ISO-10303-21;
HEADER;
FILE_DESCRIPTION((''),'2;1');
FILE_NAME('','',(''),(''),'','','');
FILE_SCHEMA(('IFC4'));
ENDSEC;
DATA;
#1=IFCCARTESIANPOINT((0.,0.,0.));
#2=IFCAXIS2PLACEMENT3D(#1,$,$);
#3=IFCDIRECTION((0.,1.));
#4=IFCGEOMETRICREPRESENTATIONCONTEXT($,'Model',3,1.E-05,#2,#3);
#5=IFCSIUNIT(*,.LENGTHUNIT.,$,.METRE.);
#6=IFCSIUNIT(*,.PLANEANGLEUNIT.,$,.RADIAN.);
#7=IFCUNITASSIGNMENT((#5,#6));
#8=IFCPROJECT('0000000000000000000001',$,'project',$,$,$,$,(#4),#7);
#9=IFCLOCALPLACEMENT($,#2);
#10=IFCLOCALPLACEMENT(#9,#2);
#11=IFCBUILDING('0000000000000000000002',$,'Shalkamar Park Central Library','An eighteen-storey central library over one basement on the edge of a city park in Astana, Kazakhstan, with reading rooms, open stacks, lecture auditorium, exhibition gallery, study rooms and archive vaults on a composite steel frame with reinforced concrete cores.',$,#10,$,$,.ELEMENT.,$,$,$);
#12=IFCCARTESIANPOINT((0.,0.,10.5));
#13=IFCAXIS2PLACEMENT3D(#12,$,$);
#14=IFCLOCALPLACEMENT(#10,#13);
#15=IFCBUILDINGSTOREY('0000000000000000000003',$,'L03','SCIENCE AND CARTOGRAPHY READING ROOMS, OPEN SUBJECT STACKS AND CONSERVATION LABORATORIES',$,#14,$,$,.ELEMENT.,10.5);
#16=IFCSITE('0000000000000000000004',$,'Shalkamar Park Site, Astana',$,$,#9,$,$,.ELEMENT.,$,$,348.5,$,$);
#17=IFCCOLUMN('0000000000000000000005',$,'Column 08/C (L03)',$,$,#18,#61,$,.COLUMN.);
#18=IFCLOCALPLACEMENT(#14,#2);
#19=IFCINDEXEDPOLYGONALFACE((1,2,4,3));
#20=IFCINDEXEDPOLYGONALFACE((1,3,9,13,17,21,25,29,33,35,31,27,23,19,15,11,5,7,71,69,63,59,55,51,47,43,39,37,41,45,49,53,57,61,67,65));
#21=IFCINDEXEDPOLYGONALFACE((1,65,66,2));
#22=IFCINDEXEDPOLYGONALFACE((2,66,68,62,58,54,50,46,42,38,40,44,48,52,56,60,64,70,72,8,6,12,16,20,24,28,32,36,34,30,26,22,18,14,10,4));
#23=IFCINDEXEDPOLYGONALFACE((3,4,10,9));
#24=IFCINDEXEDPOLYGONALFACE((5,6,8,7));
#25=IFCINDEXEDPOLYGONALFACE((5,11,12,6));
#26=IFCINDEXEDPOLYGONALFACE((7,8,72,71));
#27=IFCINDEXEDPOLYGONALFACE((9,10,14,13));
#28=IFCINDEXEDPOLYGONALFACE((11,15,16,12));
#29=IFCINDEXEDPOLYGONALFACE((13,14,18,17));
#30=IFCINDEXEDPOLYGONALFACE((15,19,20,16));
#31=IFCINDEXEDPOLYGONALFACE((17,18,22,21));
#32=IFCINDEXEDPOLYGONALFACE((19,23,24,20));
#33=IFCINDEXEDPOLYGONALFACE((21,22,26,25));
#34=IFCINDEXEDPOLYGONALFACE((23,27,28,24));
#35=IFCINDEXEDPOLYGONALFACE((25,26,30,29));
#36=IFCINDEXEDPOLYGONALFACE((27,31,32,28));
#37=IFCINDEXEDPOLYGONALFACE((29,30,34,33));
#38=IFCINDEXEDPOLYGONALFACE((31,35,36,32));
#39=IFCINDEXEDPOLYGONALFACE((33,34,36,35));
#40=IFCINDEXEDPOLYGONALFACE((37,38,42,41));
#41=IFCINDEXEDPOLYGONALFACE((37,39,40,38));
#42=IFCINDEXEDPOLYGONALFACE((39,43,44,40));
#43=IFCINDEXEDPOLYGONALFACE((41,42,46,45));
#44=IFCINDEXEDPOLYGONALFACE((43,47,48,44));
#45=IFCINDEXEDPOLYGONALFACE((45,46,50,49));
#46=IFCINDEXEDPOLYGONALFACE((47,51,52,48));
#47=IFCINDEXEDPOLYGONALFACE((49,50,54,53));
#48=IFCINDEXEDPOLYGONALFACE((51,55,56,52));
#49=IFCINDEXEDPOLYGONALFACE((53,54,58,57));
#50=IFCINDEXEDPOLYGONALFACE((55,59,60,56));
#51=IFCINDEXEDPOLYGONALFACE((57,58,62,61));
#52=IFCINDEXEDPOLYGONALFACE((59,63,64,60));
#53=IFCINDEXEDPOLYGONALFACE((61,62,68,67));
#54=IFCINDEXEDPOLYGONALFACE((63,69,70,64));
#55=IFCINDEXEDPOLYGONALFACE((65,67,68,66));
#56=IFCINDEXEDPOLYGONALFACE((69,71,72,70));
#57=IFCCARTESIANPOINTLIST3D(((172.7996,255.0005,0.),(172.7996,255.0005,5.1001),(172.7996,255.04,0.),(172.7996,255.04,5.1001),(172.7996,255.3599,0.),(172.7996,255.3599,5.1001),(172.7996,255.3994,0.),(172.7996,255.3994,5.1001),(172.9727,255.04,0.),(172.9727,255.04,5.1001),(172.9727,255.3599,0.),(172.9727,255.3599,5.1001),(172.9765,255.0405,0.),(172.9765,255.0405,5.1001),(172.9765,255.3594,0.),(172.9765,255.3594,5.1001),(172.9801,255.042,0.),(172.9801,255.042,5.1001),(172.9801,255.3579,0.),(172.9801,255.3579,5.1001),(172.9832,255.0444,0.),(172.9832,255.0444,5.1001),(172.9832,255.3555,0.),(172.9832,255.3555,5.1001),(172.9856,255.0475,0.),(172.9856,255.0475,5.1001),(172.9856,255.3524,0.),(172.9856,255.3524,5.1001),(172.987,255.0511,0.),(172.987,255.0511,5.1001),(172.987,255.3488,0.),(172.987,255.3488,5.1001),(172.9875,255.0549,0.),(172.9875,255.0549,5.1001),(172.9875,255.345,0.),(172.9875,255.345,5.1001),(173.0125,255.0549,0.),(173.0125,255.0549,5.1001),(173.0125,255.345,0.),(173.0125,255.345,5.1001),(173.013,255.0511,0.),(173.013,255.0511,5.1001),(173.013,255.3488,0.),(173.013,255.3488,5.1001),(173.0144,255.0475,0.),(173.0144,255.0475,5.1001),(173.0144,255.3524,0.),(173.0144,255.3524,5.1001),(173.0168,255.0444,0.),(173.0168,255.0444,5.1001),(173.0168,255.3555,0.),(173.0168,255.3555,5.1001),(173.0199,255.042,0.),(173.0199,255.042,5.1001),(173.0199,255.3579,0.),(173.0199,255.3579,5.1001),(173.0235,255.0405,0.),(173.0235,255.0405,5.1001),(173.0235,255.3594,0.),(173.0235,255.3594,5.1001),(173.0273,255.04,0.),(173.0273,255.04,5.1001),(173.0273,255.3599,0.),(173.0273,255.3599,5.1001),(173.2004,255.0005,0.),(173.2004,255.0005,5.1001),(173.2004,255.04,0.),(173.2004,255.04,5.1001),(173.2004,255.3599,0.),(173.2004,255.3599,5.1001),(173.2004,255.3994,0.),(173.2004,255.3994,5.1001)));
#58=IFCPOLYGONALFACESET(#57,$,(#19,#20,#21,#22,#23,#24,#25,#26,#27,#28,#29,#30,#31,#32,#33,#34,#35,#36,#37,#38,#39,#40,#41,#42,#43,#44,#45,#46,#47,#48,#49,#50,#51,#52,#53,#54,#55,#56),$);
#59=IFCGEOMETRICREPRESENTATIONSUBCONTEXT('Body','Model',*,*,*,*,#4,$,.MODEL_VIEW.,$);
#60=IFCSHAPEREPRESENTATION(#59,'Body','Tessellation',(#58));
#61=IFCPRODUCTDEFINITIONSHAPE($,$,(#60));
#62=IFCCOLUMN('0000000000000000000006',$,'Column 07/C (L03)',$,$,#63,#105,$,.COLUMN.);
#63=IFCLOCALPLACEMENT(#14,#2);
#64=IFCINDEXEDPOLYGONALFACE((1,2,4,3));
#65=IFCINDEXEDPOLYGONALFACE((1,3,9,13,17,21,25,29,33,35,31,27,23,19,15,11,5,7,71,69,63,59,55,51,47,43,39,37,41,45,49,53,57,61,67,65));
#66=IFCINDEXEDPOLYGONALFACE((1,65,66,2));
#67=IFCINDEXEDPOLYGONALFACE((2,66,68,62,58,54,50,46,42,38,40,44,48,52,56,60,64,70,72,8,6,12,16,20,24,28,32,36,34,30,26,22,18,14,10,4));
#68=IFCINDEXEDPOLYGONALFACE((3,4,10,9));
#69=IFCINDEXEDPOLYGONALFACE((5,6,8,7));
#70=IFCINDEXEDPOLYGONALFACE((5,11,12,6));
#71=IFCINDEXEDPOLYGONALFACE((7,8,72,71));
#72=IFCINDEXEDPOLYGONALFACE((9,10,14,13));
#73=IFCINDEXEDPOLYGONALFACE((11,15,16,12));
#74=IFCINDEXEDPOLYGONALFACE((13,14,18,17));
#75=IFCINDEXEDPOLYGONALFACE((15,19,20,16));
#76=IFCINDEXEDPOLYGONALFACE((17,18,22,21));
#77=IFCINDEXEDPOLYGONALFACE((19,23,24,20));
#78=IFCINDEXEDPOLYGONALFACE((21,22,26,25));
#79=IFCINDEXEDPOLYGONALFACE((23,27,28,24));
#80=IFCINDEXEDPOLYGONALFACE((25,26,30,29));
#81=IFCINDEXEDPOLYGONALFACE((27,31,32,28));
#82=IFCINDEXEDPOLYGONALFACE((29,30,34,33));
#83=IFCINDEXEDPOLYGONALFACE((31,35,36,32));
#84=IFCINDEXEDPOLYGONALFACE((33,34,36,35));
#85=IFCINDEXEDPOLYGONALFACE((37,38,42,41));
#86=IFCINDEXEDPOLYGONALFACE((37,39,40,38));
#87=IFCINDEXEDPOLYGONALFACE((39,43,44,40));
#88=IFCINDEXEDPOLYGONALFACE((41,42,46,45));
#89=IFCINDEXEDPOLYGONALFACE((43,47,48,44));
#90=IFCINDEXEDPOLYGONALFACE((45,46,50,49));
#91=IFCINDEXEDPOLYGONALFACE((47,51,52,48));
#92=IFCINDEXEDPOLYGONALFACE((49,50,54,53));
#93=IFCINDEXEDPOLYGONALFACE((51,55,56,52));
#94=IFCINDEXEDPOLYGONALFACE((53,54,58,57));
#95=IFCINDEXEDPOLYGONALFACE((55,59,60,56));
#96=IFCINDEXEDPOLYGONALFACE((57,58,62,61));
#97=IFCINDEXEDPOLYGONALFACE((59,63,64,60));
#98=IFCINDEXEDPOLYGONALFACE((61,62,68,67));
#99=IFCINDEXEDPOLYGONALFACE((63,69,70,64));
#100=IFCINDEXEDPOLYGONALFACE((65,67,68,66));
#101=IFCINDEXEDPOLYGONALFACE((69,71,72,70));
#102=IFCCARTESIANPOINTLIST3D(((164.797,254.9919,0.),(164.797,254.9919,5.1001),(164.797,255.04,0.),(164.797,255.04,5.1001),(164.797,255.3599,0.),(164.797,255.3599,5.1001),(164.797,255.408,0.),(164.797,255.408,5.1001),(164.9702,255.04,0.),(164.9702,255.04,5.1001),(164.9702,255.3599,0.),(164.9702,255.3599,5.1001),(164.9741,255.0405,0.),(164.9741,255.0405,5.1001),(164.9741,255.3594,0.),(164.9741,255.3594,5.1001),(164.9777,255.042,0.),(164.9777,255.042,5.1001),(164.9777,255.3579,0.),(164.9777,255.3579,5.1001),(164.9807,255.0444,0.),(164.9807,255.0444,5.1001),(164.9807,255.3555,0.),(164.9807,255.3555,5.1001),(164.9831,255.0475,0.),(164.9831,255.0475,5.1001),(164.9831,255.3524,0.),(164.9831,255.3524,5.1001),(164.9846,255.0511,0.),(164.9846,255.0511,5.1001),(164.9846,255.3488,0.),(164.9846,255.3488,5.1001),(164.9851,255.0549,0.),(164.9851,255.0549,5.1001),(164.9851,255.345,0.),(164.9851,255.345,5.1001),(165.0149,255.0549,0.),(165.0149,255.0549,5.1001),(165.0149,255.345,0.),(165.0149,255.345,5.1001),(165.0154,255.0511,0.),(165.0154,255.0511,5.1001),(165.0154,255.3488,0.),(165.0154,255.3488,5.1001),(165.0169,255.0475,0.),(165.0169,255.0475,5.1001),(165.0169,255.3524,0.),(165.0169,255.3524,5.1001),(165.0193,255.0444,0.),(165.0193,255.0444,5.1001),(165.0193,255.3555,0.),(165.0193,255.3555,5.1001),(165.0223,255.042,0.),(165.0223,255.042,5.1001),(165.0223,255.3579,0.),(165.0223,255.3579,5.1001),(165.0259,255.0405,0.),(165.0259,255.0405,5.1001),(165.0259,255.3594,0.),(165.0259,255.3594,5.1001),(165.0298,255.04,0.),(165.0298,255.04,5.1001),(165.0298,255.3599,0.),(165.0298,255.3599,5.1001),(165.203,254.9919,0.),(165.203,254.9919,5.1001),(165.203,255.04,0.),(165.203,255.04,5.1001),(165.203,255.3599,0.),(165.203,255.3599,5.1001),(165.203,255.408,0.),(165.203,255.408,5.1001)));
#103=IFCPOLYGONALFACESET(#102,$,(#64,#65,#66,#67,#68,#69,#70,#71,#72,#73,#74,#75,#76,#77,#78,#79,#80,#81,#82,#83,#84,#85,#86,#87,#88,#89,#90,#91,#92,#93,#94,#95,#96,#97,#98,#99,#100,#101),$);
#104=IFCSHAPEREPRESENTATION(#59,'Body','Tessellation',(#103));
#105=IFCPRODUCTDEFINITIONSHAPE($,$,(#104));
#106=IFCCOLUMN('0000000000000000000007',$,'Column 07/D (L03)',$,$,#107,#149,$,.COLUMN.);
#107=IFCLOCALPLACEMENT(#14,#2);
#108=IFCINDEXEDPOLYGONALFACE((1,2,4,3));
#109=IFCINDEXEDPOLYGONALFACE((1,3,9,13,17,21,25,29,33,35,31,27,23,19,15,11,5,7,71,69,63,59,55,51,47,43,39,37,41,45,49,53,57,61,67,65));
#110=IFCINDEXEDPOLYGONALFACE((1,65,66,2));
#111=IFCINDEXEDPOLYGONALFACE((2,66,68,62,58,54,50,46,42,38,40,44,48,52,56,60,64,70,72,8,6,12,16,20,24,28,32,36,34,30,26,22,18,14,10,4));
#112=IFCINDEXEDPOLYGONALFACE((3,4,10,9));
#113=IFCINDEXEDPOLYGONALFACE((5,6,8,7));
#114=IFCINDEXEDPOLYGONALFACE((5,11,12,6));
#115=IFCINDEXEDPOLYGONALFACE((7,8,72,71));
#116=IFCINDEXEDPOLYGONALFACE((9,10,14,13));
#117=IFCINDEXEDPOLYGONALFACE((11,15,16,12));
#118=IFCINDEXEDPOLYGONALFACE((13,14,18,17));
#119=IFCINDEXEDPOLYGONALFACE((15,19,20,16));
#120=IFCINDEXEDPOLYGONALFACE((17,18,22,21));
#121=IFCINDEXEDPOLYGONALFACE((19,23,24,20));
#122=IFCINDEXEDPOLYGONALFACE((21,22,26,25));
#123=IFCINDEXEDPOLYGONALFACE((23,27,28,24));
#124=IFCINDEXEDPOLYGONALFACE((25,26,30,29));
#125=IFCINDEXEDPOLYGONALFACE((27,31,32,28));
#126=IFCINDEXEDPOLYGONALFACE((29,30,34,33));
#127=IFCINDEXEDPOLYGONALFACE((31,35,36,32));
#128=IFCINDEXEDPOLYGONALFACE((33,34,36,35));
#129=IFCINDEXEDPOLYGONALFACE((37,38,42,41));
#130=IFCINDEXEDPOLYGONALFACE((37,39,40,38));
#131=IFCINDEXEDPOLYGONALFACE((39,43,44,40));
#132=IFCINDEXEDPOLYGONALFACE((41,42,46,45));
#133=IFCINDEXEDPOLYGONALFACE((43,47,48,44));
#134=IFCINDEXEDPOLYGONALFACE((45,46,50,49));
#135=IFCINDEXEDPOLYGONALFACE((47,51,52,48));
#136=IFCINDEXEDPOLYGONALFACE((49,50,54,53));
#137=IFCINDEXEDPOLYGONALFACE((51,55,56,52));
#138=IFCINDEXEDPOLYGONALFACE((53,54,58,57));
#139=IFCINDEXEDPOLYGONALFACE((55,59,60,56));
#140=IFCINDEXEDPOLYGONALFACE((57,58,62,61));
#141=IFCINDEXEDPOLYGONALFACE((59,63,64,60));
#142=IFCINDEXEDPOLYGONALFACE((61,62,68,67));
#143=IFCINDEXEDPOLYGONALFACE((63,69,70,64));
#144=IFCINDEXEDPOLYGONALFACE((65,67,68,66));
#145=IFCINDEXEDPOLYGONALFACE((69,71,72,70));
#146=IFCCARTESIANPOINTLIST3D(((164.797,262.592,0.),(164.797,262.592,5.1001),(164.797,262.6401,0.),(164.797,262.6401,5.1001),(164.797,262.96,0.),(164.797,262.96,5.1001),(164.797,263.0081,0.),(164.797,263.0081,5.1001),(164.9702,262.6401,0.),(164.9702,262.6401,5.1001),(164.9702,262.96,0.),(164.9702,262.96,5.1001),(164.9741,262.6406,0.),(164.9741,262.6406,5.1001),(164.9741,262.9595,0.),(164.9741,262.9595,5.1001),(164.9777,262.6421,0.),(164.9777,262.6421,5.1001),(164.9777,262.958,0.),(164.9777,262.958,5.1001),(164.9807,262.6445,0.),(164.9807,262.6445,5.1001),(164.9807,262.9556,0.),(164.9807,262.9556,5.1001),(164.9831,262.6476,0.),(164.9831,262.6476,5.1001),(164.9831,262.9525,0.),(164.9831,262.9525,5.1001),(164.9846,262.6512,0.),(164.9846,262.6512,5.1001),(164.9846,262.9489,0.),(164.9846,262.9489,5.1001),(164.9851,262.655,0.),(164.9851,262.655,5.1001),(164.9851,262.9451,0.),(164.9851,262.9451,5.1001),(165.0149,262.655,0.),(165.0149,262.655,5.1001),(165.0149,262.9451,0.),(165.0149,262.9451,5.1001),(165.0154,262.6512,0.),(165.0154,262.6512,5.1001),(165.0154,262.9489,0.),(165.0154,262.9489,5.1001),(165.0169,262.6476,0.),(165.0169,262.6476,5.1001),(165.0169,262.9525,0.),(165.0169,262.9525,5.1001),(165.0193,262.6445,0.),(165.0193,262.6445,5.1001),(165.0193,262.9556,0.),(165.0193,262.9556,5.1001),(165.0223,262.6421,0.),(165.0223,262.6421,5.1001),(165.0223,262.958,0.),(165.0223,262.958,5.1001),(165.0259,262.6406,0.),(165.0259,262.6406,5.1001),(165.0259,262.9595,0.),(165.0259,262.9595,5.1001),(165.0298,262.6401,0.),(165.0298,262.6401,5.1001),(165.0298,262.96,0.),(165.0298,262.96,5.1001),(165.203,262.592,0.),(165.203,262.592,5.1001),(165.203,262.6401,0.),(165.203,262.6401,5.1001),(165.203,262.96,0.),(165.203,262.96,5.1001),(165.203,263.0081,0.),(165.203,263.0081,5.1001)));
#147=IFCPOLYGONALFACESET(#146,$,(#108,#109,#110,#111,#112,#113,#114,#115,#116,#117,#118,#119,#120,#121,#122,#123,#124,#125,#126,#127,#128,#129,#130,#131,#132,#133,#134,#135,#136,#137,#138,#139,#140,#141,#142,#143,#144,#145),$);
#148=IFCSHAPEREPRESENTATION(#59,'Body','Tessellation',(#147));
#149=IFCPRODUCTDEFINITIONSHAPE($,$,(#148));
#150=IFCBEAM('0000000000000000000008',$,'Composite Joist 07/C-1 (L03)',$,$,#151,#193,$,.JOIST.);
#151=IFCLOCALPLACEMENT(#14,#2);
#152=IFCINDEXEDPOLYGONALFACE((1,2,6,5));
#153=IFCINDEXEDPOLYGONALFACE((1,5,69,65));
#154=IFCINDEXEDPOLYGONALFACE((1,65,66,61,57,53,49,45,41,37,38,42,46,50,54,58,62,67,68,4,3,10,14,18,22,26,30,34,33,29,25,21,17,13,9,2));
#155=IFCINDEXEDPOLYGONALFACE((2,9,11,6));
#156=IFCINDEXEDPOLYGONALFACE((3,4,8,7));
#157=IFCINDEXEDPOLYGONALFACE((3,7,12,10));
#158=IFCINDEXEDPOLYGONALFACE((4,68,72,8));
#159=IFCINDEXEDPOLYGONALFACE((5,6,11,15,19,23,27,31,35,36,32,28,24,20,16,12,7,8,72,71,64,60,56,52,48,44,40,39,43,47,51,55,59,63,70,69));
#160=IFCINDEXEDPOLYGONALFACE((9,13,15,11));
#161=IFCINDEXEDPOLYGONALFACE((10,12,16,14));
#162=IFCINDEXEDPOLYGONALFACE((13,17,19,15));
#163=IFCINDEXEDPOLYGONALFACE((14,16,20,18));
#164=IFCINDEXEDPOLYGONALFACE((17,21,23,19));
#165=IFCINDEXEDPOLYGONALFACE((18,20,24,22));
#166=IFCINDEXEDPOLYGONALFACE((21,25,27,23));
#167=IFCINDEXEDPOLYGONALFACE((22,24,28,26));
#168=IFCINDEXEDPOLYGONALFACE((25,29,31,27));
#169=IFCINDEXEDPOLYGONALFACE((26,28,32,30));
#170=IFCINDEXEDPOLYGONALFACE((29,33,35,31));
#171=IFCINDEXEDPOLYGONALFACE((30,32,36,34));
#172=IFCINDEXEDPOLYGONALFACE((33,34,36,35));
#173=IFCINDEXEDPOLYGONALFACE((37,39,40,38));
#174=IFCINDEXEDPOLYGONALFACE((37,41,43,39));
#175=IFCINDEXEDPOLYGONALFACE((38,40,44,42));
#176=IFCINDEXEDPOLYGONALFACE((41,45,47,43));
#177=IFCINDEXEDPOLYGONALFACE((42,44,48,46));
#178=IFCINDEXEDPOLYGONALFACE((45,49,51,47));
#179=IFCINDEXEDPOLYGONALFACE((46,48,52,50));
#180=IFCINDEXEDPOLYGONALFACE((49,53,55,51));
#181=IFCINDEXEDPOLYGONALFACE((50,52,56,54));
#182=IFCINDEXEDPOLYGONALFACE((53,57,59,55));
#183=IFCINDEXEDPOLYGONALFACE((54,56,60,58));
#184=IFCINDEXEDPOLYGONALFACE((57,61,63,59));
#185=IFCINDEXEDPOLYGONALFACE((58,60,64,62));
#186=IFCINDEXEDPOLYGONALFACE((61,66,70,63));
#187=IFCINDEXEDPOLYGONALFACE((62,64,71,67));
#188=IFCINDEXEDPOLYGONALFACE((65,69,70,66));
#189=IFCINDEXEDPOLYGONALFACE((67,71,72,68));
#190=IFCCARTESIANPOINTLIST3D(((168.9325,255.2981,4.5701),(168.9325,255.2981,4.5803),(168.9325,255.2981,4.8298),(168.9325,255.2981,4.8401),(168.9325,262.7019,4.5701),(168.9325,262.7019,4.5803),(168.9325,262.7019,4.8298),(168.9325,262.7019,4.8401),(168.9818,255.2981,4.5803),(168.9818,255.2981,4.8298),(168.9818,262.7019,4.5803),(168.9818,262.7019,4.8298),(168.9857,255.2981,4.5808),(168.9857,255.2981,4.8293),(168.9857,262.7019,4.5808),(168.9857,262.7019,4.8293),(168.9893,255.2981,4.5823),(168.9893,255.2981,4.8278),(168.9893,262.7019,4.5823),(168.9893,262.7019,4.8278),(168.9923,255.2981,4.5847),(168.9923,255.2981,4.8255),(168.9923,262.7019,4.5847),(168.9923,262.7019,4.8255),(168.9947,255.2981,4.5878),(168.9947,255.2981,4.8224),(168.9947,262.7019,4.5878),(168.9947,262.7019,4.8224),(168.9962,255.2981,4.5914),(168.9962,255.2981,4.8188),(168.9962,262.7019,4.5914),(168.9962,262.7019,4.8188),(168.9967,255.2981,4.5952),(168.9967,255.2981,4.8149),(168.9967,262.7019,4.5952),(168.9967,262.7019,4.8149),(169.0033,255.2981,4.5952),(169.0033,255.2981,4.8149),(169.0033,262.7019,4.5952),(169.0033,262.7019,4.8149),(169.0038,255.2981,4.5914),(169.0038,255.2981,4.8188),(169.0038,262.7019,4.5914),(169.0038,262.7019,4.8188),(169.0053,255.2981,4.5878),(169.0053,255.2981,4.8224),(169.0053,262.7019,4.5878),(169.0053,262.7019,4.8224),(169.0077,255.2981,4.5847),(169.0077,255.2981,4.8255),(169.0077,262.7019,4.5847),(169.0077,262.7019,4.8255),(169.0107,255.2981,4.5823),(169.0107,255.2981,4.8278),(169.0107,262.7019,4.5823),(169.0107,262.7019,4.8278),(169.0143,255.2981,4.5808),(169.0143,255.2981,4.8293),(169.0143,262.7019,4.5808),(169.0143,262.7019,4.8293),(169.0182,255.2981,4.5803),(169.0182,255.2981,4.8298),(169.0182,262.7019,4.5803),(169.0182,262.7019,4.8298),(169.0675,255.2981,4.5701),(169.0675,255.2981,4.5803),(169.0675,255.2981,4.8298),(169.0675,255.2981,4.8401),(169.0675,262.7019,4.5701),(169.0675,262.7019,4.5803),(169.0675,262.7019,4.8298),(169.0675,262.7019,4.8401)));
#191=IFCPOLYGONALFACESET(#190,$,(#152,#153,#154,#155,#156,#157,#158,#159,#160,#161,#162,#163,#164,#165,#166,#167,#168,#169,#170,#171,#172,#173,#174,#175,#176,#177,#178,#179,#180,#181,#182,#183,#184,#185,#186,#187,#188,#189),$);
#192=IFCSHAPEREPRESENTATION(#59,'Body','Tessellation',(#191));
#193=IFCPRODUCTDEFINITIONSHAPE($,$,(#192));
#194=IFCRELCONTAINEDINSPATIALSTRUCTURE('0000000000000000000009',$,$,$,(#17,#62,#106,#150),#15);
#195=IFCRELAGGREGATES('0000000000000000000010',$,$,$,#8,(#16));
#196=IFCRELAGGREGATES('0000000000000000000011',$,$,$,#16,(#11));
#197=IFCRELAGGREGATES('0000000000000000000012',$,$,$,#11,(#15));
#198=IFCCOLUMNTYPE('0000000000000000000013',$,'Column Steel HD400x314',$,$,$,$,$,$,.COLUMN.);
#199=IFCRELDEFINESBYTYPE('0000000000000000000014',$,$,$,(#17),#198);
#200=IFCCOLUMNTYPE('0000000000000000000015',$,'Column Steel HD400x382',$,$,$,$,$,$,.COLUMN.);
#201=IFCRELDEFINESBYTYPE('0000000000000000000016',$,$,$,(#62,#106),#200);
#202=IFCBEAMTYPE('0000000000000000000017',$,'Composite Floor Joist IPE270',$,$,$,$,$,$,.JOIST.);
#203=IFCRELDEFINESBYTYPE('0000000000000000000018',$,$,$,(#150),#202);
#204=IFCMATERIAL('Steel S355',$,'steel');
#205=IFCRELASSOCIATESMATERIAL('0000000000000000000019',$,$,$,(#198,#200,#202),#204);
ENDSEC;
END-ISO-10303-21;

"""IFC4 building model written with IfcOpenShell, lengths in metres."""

from ifc_helpers import new_model, si_unit, direction, frame, origin, origin_2d, place, context, subcontext, project, spatial, i_section, extrude, material, material_profile, profile_set, type_object, element, save


model = new_model("IFC4")

# Units and contexts
model_context = context("Model", 3, precision=1e-05, world=origin(), true_north=direction((0.0, 1.0)))
body_context = subcontext(model_context, "Body", "Model", "MODEL_VIEW")
ifc_project = project(units=[si_unit("LENGTHUNIT", "METRE"), si_unit("PLANEANGLEUNIT", "RADIAN")], contexts=[model_context])

# Site, building, storey
site_placement = place(None, origin())
site = spatial("IfcSite", under=ifc_project, at=site_placement, Name="Shalkamar Park Site, Astana", CompositionType="ELEMENT", RefElevation=348.5)
building_placement = place(site_placement, origin())
building = spatial("IfcBuilding", under=site, at=building_placement, Name="Shalkamar Park Central Library", Description="An eighteen-storey central library over one basement on the edge of a city park in Astana, Kazakhstan, with reading rooms, open stacks, lecture auditorium, exhibition gallery, study rooms and archive vaults on a composite steel frame with reinforced concrete cores.", CompositionType="ELEMENT")
storey_placement = place(building_placement, frame((0.0, 0.0, 10.5)))
storey = spatial("IfcBuildingStorey", under=building, at=storey_placement, Name="L03", Description="SCIENCE AND CARTOGRAPHY READING ROOMS, OPEN SUBJECT STACKS AND CONSERVATION LABORATORIES", CompositionType="ELEMENT", Elevation=10.5)

# Columns
ifc_material_1 = material(Name="Steel S355", Category="steel")
ifc_material_profile_1 = material_profile(ifc_material_1, i_section(OverallWidth=0.4009, OverallDepth=0.3989, WebThickness=0.0249, FlangeThickness=0.0396, FilletRadius=0.0149, at=origin_2d()), Name="HD 400x314")
ifc_profile_set_1 = profile_set([ifc_material_profile_1], Name="Steel S355")
column_type_1 = type_object("IfcColumnType", Name="Column Steel HD400x314", PredefinedType="COLUMN", material=ifc_profile_set_1)
column_placement = place(storey_placement, frame((173.0, 255.2, 0.0), z_axis=(0.0, 0.0, 1.0), x_axis=(1.0, 0.0, 0.0)))
element("IfcColumn", 1, at=column_placement, inside=storey, type_object=column_type_1, Name="Column 08/C (L03)", PredefinedType="COLUMN", context=body_context, shape_type="SweptSolid", body=[
    extrude(i_section(OverallWidth=0.4009, OverallDepth=0.3989, WebThickness=0.0249, FlangeThickness=0.0396, FilletRadius=0.0149, at=origin_2d()), origin(), (0.0, 0.0, 1.0), 5.1001),
])
ifc_material_profile_2 = material_profile(ifc_material_1, i_section(OverallWidth=0.406, OverallDepth=0.416, WebThickness=0.0298, FlangeThickness=0.0481, FilletRadius=0.0149, at=origin_2d()), Name="HD 400x382")
ifc_profile_set_2 = profile_set([ifc_material_profile_2], Name="Steel S355")
column_type_2 = type_object("IfcColumnType", Name="Column Steel HD400x382", PredefinedType="COLUMN", material=ifc_profile_set_2)
for number, where, z_axis, x_axis, name in (
    (2, (165.0, 255.2, 0.0), (0.0, 0.0, 1.0), (1.0, 0.0, 0.0), "Column 07/C (L03)"),
    (3, (165.0, 262.8, 0.0), (0.0, 0.0, 1.0), (1.0, 0.0, 0.0), "Column 07/D (L03)"),
):
    element("IfcColumn", number, at=place(storey_placement, frame(where, z_axis=z_axis, x_axis=x_axis)), inside=storey, type_object=column_type_2, Name=name, PredefinedType="COLUMN", context=body_context, shape_type="SweptSolid", body=[
        extrude(i_section(OverallWidth=0.406, OverallDepth=0.416, WebThickness=0.0298, FlangeThickness=0.0481, FilletRadius=0.0149, at=origin_2d()), origin(), (0.0, 0.0, 1.0), 5.1001),
    ])

# Beam
ifc_material_profile_3 = material_profile(ifc_material_1, i_section(OverallWidth=0.135, OverallDepth=0.27, WebThickness=0.0066, FlangeThickness=0.0103, FilletRadius=0.0149, at=origin_2d()), Name="IPE 270")
ifc_profile_set_3 = profile_set([ifc_material_profile_3], Name="Steel S355")
beam_type_1 = type_object("IfcBeamType", Name="Composite Floor Joist IPE270", PredefinedType="JOIST", material=ifc_profile_set_3)
beam_1_placement = place(storey_placement, frame((169.0, 255.2981, 4.7051), z_axis=(0.0, 1.0, 0.0), x_axis=(-1.0, 0.0, 0.0)))
element("IfcBeam", 4, at=beam_1_placement, inside=storey, type_object=beam_type_1, Name="Composite Joist 07/C-1 (L03)", PredefinedType="JOIST", context=body_context, shape_type="SweptSolid", body=[
    extrude(i_section(OverallWidth=0.135, OverallDepth=0.27, WebThickness=0.0066, FlangeThickness=0.0103, FilletRadius=0.0149, at=origin_2d()), origin(), (0.0, 0.0, 1.0), 7.4038),
])

save(model, "model.ifc")
